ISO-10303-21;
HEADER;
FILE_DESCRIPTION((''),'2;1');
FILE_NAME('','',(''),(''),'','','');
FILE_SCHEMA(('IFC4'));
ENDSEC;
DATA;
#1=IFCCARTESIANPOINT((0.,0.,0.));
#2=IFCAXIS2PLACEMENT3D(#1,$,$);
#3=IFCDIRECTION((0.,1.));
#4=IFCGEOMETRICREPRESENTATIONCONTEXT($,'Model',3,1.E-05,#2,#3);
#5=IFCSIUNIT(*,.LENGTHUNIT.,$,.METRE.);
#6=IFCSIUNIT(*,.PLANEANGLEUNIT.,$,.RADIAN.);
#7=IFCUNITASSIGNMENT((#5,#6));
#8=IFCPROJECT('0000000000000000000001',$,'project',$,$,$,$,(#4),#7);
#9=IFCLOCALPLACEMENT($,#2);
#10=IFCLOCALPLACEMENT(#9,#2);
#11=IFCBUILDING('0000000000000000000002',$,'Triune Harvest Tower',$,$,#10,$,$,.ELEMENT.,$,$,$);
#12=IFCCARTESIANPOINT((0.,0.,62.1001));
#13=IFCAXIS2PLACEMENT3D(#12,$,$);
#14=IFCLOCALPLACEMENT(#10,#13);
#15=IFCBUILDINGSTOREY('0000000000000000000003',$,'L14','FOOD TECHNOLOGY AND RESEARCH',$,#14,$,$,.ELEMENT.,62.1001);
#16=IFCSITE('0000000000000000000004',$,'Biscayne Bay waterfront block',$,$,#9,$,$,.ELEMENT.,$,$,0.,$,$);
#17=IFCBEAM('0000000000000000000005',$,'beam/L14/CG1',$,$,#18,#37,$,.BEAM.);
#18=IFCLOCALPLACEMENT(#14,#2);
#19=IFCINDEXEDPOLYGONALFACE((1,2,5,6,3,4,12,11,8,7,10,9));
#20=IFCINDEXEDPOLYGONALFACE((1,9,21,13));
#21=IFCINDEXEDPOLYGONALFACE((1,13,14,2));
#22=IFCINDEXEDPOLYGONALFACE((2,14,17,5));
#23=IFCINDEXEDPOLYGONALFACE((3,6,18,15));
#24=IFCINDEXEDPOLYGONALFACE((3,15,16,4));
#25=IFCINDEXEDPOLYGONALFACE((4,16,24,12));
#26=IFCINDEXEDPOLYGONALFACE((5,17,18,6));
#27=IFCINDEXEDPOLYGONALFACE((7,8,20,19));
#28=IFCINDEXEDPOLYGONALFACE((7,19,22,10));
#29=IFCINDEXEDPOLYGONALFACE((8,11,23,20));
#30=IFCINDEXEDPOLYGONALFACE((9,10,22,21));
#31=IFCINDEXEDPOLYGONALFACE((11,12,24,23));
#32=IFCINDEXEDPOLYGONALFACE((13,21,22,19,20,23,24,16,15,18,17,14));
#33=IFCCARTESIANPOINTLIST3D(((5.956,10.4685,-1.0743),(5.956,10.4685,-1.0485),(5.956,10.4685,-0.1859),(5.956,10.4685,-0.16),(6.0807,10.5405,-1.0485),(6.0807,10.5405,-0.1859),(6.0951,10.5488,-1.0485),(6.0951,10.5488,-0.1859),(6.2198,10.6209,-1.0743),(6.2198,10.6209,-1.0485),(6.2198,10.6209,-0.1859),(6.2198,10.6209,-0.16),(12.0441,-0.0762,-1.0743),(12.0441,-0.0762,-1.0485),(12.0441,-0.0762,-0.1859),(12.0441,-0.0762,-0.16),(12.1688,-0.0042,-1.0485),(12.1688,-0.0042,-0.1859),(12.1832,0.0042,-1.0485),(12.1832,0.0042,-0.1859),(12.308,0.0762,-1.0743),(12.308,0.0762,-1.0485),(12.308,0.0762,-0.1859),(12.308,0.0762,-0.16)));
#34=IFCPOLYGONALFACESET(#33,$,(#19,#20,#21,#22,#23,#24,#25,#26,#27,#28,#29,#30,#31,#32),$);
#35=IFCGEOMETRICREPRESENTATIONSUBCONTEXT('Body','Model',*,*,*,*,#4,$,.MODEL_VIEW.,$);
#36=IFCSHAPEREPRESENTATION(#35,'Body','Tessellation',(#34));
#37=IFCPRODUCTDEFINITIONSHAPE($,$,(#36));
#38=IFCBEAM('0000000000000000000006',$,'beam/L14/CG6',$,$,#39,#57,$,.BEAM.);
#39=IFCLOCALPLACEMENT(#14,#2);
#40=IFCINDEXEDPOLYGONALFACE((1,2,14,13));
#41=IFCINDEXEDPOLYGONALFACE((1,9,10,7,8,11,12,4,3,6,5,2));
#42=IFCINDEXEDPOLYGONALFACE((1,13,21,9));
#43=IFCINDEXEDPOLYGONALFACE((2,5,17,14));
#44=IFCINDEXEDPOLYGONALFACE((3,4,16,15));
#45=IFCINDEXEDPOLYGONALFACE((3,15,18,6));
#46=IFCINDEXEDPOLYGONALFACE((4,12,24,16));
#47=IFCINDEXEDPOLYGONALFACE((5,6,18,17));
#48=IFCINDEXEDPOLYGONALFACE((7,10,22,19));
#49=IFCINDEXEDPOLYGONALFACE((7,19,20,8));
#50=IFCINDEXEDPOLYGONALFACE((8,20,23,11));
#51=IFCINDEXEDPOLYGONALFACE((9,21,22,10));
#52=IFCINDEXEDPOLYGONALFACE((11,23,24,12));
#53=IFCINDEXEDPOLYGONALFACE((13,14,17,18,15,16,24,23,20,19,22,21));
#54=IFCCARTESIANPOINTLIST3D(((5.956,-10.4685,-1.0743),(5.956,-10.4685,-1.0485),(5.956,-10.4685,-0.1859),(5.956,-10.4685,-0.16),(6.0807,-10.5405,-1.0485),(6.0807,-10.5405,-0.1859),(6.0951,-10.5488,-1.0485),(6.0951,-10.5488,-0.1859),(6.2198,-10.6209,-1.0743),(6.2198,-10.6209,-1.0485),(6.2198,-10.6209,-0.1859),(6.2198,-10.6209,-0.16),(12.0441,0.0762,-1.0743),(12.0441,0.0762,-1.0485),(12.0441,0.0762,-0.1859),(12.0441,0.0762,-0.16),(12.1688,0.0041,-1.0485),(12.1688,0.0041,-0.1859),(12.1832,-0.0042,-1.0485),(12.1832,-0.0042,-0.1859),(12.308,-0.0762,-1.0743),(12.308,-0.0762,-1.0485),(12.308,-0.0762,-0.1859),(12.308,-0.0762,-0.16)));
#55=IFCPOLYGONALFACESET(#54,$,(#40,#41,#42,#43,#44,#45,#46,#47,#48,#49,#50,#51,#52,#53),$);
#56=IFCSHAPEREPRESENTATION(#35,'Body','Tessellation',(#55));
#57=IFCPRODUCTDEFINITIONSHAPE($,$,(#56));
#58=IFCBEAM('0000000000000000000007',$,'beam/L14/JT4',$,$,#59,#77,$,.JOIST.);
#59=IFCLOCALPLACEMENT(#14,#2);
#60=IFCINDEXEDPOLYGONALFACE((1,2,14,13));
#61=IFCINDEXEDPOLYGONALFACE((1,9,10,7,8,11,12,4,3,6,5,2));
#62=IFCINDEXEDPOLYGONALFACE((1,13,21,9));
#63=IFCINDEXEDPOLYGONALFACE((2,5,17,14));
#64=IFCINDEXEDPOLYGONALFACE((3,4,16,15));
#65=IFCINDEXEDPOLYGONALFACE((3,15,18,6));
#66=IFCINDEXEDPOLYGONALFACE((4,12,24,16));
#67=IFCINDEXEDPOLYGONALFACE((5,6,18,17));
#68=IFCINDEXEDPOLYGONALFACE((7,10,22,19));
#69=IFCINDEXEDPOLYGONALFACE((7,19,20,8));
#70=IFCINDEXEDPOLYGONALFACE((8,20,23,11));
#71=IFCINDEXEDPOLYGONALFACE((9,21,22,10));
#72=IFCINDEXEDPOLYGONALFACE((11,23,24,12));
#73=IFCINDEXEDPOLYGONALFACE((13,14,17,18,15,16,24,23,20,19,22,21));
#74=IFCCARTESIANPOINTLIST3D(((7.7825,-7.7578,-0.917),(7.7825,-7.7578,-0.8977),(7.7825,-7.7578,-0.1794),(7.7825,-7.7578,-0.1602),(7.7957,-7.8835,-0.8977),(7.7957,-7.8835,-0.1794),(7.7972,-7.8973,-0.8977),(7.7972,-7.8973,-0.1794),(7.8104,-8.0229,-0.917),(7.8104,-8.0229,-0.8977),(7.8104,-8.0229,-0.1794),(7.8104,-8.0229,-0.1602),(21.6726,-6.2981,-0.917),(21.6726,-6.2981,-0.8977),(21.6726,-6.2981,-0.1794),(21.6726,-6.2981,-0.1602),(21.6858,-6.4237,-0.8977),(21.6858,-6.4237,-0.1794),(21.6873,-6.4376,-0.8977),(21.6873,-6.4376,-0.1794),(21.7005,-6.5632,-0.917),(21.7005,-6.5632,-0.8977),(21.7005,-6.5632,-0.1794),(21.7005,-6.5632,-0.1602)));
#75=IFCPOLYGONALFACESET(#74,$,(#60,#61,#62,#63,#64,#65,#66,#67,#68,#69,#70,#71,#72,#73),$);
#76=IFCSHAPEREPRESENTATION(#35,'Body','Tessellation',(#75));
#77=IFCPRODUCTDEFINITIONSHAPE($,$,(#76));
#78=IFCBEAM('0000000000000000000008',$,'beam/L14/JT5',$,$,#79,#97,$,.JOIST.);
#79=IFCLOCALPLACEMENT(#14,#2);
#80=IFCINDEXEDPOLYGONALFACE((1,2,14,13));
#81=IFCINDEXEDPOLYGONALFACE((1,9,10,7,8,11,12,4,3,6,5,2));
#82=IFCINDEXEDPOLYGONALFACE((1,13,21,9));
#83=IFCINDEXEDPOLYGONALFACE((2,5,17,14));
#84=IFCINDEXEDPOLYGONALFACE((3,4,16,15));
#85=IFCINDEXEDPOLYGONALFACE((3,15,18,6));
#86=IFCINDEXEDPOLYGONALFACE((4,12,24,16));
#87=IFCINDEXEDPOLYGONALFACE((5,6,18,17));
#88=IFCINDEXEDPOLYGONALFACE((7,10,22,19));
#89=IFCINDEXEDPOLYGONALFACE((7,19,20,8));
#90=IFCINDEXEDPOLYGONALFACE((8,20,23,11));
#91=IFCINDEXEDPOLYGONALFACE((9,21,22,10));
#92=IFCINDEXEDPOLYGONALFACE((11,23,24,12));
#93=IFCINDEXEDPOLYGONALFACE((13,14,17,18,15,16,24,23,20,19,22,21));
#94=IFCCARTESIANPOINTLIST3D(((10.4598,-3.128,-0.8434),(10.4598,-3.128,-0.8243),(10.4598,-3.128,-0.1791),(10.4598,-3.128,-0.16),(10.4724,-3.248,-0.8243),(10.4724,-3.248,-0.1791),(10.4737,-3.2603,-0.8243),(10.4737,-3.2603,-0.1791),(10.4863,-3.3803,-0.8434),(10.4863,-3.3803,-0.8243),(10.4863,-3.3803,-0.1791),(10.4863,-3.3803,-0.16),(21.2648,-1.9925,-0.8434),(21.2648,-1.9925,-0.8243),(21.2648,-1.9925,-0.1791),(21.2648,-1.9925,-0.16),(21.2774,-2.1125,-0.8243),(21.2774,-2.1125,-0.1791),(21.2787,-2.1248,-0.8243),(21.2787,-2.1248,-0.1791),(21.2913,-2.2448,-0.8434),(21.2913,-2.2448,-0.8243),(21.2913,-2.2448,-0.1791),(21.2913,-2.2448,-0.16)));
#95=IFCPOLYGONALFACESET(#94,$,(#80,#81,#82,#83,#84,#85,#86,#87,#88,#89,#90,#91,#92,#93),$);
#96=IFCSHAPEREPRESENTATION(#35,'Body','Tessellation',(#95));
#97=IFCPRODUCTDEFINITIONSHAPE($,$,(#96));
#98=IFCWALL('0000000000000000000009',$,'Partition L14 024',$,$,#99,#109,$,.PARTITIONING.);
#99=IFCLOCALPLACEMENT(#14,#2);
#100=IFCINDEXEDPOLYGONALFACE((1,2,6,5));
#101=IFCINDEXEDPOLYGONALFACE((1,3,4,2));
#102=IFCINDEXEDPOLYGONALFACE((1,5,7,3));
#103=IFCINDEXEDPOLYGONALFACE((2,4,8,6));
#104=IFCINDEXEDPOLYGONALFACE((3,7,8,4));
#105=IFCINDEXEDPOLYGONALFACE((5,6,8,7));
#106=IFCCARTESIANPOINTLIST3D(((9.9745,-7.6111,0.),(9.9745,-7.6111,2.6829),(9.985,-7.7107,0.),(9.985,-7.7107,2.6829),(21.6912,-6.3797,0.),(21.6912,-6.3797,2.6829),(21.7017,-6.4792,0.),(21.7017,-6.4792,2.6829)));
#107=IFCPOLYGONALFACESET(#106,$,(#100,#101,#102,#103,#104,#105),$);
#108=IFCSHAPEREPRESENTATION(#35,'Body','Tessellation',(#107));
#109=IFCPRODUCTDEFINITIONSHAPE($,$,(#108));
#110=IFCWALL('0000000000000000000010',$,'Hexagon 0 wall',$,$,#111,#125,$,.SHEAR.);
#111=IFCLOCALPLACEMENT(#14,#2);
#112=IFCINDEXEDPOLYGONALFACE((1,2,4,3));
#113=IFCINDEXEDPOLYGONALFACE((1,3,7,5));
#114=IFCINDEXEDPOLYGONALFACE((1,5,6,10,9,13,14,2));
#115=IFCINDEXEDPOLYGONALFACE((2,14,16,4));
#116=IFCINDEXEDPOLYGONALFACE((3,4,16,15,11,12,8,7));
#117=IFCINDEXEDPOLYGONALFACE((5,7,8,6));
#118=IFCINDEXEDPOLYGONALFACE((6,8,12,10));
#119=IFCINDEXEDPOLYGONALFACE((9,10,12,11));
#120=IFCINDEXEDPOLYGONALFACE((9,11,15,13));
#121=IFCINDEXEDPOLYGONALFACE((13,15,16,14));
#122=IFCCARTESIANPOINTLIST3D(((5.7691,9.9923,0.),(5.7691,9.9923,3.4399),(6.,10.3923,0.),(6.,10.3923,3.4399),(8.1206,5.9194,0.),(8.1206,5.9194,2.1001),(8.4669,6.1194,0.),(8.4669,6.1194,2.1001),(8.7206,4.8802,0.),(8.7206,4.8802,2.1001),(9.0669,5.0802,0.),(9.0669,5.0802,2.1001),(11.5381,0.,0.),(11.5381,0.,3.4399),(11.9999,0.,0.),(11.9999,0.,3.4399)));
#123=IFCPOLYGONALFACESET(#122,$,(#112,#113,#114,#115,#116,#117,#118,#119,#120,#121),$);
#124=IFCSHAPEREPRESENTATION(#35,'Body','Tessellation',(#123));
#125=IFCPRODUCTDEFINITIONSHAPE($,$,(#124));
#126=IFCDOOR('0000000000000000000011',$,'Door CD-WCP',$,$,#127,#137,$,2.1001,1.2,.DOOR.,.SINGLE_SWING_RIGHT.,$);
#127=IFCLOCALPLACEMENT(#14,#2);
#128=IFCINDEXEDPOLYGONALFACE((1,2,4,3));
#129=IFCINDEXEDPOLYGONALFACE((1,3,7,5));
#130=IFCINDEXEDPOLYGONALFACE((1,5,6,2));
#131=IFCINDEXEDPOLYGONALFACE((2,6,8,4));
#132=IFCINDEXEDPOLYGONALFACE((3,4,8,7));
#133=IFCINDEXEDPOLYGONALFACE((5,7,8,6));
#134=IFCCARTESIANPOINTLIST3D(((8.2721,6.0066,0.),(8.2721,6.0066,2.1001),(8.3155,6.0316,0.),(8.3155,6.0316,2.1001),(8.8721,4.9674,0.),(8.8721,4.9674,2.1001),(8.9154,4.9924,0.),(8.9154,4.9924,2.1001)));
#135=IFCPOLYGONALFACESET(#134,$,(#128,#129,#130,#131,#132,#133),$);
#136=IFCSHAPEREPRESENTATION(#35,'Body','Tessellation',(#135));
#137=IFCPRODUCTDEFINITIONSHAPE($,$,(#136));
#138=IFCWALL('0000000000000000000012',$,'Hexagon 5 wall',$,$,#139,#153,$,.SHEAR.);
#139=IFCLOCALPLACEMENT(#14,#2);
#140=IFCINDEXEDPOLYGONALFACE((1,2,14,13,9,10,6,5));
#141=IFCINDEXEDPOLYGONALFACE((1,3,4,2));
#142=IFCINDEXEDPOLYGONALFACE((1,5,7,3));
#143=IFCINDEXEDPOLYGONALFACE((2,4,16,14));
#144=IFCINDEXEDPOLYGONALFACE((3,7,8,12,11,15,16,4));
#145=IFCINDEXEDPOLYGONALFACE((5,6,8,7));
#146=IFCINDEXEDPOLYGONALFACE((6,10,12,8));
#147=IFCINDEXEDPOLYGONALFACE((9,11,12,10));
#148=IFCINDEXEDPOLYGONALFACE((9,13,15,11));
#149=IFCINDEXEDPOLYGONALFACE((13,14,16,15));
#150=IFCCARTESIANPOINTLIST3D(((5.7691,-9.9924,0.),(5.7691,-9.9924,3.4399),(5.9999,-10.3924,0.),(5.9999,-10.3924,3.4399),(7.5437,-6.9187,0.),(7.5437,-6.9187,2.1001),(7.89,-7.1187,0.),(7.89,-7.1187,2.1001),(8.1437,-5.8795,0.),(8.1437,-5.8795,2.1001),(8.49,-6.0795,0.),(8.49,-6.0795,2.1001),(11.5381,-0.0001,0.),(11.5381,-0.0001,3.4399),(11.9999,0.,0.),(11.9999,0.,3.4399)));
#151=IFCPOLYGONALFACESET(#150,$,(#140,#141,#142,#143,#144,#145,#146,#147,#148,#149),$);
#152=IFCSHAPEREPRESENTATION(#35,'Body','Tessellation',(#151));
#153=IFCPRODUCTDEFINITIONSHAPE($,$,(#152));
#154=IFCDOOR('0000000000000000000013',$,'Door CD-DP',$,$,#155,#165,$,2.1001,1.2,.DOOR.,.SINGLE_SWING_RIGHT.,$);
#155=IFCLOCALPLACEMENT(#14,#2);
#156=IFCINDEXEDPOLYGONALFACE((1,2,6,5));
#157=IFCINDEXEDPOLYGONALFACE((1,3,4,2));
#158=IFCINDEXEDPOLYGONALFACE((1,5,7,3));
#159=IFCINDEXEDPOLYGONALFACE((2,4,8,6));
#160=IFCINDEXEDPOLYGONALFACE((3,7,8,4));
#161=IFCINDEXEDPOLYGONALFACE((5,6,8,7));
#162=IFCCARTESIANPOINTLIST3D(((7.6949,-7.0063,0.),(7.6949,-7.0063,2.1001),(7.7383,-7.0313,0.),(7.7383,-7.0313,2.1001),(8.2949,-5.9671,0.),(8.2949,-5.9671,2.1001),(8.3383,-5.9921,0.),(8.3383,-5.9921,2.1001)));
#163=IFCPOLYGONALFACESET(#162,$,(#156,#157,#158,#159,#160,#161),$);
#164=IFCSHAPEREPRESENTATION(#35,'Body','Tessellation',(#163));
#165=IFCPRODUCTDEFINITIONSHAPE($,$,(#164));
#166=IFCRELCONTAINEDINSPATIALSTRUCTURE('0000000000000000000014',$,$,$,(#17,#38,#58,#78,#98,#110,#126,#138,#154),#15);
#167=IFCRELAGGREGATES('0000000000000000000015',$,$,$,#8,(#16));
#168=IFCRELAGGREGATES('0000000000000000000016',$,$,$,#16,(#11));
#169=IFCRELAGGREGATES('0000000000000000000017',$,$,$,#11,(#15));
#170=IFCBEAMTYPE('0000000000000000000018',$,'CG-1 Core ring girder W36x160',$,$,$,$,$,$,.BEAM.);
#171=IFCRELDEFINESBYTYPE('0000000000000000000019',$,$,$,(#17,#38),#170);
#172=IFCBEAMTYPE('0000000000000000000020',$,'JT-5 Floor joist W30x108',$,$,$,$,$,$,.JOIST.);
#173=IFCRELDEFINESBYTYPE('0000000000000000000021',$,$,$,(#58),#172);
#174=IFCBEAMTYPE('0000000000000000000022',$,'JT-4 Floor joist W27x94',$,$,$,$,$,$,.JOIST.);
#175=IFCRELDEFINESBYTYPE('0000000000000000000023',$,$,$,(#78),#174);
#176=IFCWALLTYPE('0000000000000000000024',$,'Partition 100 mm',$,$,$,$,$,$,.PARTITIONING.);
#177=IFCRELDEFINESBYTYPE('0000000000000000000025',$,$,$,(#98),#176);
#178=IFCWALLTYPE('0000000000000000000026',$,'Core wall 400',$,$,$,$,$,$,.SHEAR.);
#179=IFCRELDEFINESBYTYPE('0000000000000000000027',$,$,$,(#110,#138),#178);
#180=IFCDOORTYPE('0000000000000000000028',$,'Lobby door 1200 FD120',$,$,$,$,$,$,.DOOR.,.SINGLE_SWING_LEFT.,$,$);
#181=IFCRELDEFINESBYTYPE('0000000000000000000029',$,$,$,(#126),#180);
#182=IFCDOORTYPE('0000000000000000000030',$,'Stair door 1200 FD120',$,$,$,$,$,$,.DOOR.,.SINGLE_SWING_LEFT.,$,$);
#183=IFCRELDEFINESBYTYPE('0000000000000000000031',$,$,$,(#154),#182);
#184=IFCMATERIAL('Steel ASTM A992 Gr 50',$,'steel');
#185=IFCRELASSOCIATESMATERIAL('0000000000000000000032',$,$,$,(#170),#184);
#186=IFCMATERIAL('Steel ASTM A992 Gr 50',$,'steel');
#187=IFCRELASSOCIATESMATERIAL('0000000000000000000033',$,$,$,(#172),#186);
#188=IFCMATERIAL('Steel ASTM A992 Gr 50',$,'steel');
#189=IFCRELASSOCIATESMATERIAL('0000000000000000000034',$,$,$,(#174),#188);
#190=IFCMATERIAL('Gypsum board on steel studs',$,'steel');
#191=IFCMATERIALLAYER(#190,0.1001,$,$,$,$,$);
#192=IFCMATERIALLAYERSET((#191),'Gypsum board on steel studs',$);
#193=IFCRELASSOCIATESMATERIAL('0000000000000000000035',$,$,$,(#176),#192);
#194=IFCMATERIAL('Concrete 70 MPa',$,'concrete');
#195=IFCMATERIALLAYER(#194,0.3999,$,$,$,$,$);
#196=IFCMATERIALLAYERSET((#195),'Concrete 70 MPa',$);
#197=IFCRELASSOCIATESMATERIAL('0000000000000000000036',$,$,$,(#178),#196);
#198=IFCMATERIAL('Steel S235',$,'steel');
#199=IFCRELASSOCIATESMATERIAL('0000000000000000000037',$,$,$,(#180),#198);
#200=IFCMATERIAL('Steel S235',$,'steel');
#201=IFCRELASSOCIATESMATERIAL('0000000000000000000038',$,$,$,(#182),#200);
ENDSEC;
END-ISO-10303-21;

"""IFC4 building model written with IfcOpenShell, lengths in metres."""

from ifc_helpers import new_model, si_unit, direction, frame, frame_2d, origin, origin_2d, place, context, subcontext, project, spatial, polyline, rectangle, i_section, outline, extrude, source, transform, mapped, material, layer, layer_set, material_profile, profile_set, type_object, element, fill, save


model = new_model("IFC4")

# Units and contexts
model_context = context("Model", 3, precision=1e-05, world=origin(), true_north=direction((0.0, 1.0)))
body_context = subcontext(model_context, "Body", "Model", "MODEL_VIEW")
ifc_project = project(units=[si_unit("LENGTHUNIT", "METRE"), si_unit("PLANEANGLEUNIT", "RADIAN")], contexts=[model_context])

# Site, building, storey
site_placement = place(None, origin())
site = spatial("IfcSite", under=ifc_project, at=site_placement, Name="Biscayne Bay waterfront block", CompositionType="ELEMENT", RefElevation=0.0)
building_placement = place(site_placement, origin())
building = spatial("IfcBuilding", under=site, at=building_placement, Name="Triune Harvest Tower", CompositionType="ELEMENT")
storey_placement = place(building_placement, frame((0.0, 0.0, 62.1001)))
storey = spatial("IfcBuildingStorey", under=building, at=storey_placement, Name="L14", Description="FOOD TECHNOLOGY AND RESEARCH", CompositionType="ELEMENT", Elevation=62.1001)

# Beams
ifc_material_1 = material(Name="Steel ASTM A992 Gr 50", Category="steel")
ifc_material_profile_1 = material_profile(ifc_material_1, i_section(OverallWidth=0.3047, OverallDepth=0.9143, WebThickness=0.0166, FlangeThickness=0.0259, at=origin_2d()), Name="W36x160")
ifc_profile_set_1 = profile_set([ifc_material_profile_1], Name="Steel ASTM A992 Gr 50")
beam_type_1 = type_object("IfcBeamType", Name="CG-1 Core ring girder W36x160", PredefinedType="BEAM", material=ifc_profile_set_1)
shared_shape_1 = source(origin(), body_context, "Body", "SweptSolid", [
    extrude(i_section(OverallWidth=0.3047, OverallDepth=0.9143, WebThickness=0.0166, FlangeThickness=0.0259, at=origin_2d()), origin(), (0.0, 0.0, 1.0), 12.176),
])
for number, where, z_axis, x_axis, name in (
    (1, (12.176, 0.0, -0.6172), (-0.50001, 0.86602, 0.0), (-0.86602, -0.50001, 0.0), "beam/L14/CG1"),
    (2, (6.0879, -10.5447, -0.6172), (0.50001, 0.86602, 0.0), (-0.86602, 0.50001, 0.0), "beam/L14/CG6"),
):
    element("IfcBeam", number, at=place(storey_placement, frame(where, z_axis=z_axis, x_axis=x_axis)), inside=storey, type_object=beam_type_1, Name=name, PredefinedType="BEAM", context=body_context, shape_type="MappedRepresentation", body=[
        mapped(shared_shape_1, transform((0.0, 0.0, 0.0), scale=1.0)),
    ])
ifc_material_2 = material(Name="Steel ASTM A992 Gr 50", Category="steel")
ifc_material_profile_2 = material_profile(ifc_material_2, i_section(OverallWidth=0.2666, OverallDepth=0.7568, WebThickness=0.0139, FlangeThickness=0.0193, at=origin_2d()), Name="W30x108")
ifc_profile_set_2 = profile_set([ifc_material_profile_2], Name="Steel ASTM A992 Gr 50")
beam_type_2 = type_object("IfcBeamType", Name="JT-5 Floor joist W30x108", PredefinedType="JOIST", material=ifc_profile_set_2)
shared_shape_2 = source(origin(), body_context, "Body", "SweptSolid", [
    extrude(i_section(OverallWidth=0.2666, OverallDepth=0.7568, WebThickness=0.0139, FlangeThickness=0.0193, at=origin_2d()), origin(), (0.0, 0.0, 1.0), 13.9666),
])
beam_1_placement = place(storey_placement, frame((21.6865, -6.4307, -0.5386), z_axis=(-0.994523, -0.104515, 0.0), x_axis=(0.104515, -0.994523, 0.0)))
element("IfcBeam", 3, at=beam_1_placement, inside=storey, type_object=beam_type_2, Name="beam/L14/JT4", PredefinedType="JOIST", context=body_context, shape_type="MappedRepresentation", body=[
    mapped(shared_shape_2, transform((0.0, 0.0, 0.0), scale=1.0)),
])
ifc_material_3 = material(Name="Steel ASTM A992 Gr 50", Category="steel")
ifc_material_profile_3 = material_profile(ifc_material_3, i_section(OverallWidth=0.2537, OverallDepth=0.6833, WebThickness=0.0125, FlangeThickness=0.019, at=origin_2d()), Name="W27x94")
ifc_profile_set_3 = profile_set([ifc_material_profile_3], Name="Steel ASTM A992 Gr 50")
beam_type_3 = type_object("IfcBeamType", Name="JT-4 Floor joist W27x94", PredefinedType="JOIST", material=ifc_profile_set_3)
shared_shape_3 = source(origin(), body_context, "Body", "SweptSolid", [
    extrude(i_section(OverallWidth=0.2537, OverallDepth=0.6833, WebThickness=0.0125, FlangeThickness=0.019, at=origin_2d()), origin(), (0.0, 0.0, 1.0), 10.8645),
])
beam_2_placement = place(storey_placement, frame((21.2781, -2.1187, -0.5017), z_axis=(-0.994523, -0.104515, 0.0), x_axis=(0.104515, -0.994523, 0.0)))
element("IfcBeam", 4, at=beam_2_placement, inside=storey, type_object=beam_type_3, Name="beam/L14/JT5", PredefinedType="JOIST", context=body_context, shape_type="MappedRepresentation", body=[
    mapped(shared_shape_3, transform((0.0, 0.0, 0.0), scale=1.0)),
])

# Wall
ifc_material_4 = material(Name="Gypsum board on steel studs", Category="steel")
ifc_layer_1 = layer(ifc_material_4, 0.1001)
ifc_layer_set_1 = layer_set([ifc_layer_1], Name="Gypsum board on steel studs")
wall_type_1 = type_object("IfcWallType", Name="Partition 100 mm", PredefinedType="PARTITIONING", material=ifc_layer_set_1)
wall_1_placement = place(storey_placement, frame((9.9797, -7.6609, 0.0), z_axis=(0.0, 0.0, 1.0), x_axis=(0.994522, 0.104525, 0.0)))
element("IfcWall", 5, at=wall_1_placement, inside=storey, type_object=wall_type_1, Name="Partition L14 024", PredefinedType="PARTITIONING", context=body_context, shape_type="SweptSolid", body=[
    extrude(rectangle(XDim=11.7812, YDim=0.1001, at=frame_2d((5.8906, 0.0))), origin(), (0.0, 0.0, 1.0), 2.6829),
])

# Walls, openings, doors
ifc_material_5 = material(Name="Concrete 70 MPa", Category="concrete")
ifc_layer_2 = layer(ifc_material_5, 0.3999)
ifc_layer_set_2 = layer_set([ifc_layer_2], Name="Concrete 70 MPa")
wall_type_2 = type_object("IfcWallType", Name="Core wall 400", PredefinedType="SHEAR", material=ifc_layer_set_2)
shared_shape_4 = source(origin(), body_context, "Body", "SweptSolid", [
    extrude(outline(polyline([(-0.1155, -0.2), (11.8845, -0.2), (11.6536, 0.2), (0.1155, 0.2), (-0.1155, -0.2)])), origin(), (0.0, 0.0, 1.0), 3.4399),
])
wall_2_placement = place(storey_placement, frame((11.769, 0.0, 0.0), z_axis=(0.0, 0.0, 1.0), x_axis=(-0.499997, 0.866027, 0.0)))
wall_2 = element("IfcWall", 6, at=wall_2_placement, inside=storey, type_object=wall_type_2, Name="Hexagon 0 wall", PredefinedType="SHEAR", context=body_context, shape_type="MappedRepresentation", body=[
    mapped(shared_shape_4, transform((0.0, 0.0, 0.0), scale=1.0)),
])
opening_1_placement = place(wall_2_placement, frame((5.7505, 0.0, 0.0)))
opening_1 = element("IfcOpeningElement", 7, at=opening_1_placement, cuts=wall_2, PredefinedType="OPENING", context=body_context, shape_type="SweptSolid", body=[
    extrude(rectangle(XDim=1.2, YDim=2.1001, at=frame_2d((0.6001, 1.05))), frame((0.0, 0.21, 0.0), z_axis=(0.0, -1.0, 0.0), x_axis=(1.0, 0.0, 0.0)), (0.0, 0.0, 1.0), 0.4199),
])
ifc_material_6 = material(Name="Steel S235", Category="steel")
door_type_1 = type_object("IfcDoorType", Name="Lobby door 1200 FD120", OperationType="SINGLE_SWING_LEFT", PredefinedType="DOOR", material=ifc_material_6)
door_1_placement = place(opening_1_placement, frame((1.2, 0.0, 0.0), z_axis=(0.0, 0.0, 1.0), x_axis=(-1.0, 0.0, 0.0)))
door_1 = element("IfcDoor", 8, at=door_1_placement, inside=storey, type_object=door_type_1, Name="Door CD-WCP", OperationType="SINGLE_SWING_RIGHT", OverallHeight=2.1001, OverallWidth=1.2, PredefinedType="DOOR", context=body_context, shape_type="SweptSolid", body=[
    extrude(rectangle(XDim=1.2, YDim=2.1001, at=frame_2d((0.6001, 1.05))), frame((0.0, 0.0249, 0.0), z_axis=(0.0, -1.0, 0.0), x_axis=(1.0, 0.0, 0.0)), (0.0, 0.0, 1.0), 0.05),
])
fill(opening_1, door_1)
wall_3_placement = place(storey_placement, frame((5.8845, -10.1924, 0.0), z_axis=(0.0, 0.0, 1.0), x_axis=(0.499997, 0.866027, 0.0)))
wall_3 = element("IfcWall", 9, at=wall_3_placement, inside=storey, type_object=wall_type_2, Name="Hexagon 5 wall", PredefinedType="SHEAR", context=body_context, shape_type="MappedRepresentation", body=[
    mapped(shared_shape_4, transform((0.0, 0.0, 0.0), scale=1.0)),
])
opening_2_placement = place(wall_3_placement, frame((3.6646, 0.0, 0.0)))
opening_2 = element("IfcOpeningElement", 10, at=opening_2_placement, cuts=wall_3, PredefinedType="OPENING", context=body_context, shape_type="SweptSolid", body=[
    extrude(rectangle(XDim=1.2, YDim=2.1001, at=frame_2d((0.6001, 1.05))), frame((0.0, 0.21, 0.0), z_axis=(0.0, -1.0, 0.0), x_axis=(1.0, 0.0, 0.0)), (0.0, 0.0, 1.0), 0.4199),
])
ifc_material_7 = material(Name="Steel S235", Category="steel")
door_type_2 = type_object("IfcDoorType", Name="Stair door 1200 FD120", OperationType="SINGLE_SWING_LEFT", PredefinedType="DOOR", material=ifc_material_7)
door_2_placement = place(opening_2_placement, frame((1.2, 0.0, 0.0), z_axis=(0.0, 0.0, 1.0), x_axis=(-1.0, 0.0, 0.0)))
door_2 = element("IfcDoor", 11, at=door_2_placement, inside=storey, type_object=door_type_2, Name="Door CD-DP", OperationType="SINGLE_SWING_RIGHT", OverallHeight=2.1001, OverallWidth=1.2, PredefinedType="DOOR", context=body_context, shape_type="SweptSolid", body=[
    extrude(rectangle(XDim=1.2, YDim=2.1001, at=frame_2d((0.6001, 1.05))), frame((0.0, 0.0249, 0.0), z_axis=(0.0, -1.0, 0.0), x_axis=(1.0, 0.0, 0.0)), (0.0, 0.0, 1.0), 0.05),
])
fill(opening_2, door_2)

save(model, "model.ifc")
